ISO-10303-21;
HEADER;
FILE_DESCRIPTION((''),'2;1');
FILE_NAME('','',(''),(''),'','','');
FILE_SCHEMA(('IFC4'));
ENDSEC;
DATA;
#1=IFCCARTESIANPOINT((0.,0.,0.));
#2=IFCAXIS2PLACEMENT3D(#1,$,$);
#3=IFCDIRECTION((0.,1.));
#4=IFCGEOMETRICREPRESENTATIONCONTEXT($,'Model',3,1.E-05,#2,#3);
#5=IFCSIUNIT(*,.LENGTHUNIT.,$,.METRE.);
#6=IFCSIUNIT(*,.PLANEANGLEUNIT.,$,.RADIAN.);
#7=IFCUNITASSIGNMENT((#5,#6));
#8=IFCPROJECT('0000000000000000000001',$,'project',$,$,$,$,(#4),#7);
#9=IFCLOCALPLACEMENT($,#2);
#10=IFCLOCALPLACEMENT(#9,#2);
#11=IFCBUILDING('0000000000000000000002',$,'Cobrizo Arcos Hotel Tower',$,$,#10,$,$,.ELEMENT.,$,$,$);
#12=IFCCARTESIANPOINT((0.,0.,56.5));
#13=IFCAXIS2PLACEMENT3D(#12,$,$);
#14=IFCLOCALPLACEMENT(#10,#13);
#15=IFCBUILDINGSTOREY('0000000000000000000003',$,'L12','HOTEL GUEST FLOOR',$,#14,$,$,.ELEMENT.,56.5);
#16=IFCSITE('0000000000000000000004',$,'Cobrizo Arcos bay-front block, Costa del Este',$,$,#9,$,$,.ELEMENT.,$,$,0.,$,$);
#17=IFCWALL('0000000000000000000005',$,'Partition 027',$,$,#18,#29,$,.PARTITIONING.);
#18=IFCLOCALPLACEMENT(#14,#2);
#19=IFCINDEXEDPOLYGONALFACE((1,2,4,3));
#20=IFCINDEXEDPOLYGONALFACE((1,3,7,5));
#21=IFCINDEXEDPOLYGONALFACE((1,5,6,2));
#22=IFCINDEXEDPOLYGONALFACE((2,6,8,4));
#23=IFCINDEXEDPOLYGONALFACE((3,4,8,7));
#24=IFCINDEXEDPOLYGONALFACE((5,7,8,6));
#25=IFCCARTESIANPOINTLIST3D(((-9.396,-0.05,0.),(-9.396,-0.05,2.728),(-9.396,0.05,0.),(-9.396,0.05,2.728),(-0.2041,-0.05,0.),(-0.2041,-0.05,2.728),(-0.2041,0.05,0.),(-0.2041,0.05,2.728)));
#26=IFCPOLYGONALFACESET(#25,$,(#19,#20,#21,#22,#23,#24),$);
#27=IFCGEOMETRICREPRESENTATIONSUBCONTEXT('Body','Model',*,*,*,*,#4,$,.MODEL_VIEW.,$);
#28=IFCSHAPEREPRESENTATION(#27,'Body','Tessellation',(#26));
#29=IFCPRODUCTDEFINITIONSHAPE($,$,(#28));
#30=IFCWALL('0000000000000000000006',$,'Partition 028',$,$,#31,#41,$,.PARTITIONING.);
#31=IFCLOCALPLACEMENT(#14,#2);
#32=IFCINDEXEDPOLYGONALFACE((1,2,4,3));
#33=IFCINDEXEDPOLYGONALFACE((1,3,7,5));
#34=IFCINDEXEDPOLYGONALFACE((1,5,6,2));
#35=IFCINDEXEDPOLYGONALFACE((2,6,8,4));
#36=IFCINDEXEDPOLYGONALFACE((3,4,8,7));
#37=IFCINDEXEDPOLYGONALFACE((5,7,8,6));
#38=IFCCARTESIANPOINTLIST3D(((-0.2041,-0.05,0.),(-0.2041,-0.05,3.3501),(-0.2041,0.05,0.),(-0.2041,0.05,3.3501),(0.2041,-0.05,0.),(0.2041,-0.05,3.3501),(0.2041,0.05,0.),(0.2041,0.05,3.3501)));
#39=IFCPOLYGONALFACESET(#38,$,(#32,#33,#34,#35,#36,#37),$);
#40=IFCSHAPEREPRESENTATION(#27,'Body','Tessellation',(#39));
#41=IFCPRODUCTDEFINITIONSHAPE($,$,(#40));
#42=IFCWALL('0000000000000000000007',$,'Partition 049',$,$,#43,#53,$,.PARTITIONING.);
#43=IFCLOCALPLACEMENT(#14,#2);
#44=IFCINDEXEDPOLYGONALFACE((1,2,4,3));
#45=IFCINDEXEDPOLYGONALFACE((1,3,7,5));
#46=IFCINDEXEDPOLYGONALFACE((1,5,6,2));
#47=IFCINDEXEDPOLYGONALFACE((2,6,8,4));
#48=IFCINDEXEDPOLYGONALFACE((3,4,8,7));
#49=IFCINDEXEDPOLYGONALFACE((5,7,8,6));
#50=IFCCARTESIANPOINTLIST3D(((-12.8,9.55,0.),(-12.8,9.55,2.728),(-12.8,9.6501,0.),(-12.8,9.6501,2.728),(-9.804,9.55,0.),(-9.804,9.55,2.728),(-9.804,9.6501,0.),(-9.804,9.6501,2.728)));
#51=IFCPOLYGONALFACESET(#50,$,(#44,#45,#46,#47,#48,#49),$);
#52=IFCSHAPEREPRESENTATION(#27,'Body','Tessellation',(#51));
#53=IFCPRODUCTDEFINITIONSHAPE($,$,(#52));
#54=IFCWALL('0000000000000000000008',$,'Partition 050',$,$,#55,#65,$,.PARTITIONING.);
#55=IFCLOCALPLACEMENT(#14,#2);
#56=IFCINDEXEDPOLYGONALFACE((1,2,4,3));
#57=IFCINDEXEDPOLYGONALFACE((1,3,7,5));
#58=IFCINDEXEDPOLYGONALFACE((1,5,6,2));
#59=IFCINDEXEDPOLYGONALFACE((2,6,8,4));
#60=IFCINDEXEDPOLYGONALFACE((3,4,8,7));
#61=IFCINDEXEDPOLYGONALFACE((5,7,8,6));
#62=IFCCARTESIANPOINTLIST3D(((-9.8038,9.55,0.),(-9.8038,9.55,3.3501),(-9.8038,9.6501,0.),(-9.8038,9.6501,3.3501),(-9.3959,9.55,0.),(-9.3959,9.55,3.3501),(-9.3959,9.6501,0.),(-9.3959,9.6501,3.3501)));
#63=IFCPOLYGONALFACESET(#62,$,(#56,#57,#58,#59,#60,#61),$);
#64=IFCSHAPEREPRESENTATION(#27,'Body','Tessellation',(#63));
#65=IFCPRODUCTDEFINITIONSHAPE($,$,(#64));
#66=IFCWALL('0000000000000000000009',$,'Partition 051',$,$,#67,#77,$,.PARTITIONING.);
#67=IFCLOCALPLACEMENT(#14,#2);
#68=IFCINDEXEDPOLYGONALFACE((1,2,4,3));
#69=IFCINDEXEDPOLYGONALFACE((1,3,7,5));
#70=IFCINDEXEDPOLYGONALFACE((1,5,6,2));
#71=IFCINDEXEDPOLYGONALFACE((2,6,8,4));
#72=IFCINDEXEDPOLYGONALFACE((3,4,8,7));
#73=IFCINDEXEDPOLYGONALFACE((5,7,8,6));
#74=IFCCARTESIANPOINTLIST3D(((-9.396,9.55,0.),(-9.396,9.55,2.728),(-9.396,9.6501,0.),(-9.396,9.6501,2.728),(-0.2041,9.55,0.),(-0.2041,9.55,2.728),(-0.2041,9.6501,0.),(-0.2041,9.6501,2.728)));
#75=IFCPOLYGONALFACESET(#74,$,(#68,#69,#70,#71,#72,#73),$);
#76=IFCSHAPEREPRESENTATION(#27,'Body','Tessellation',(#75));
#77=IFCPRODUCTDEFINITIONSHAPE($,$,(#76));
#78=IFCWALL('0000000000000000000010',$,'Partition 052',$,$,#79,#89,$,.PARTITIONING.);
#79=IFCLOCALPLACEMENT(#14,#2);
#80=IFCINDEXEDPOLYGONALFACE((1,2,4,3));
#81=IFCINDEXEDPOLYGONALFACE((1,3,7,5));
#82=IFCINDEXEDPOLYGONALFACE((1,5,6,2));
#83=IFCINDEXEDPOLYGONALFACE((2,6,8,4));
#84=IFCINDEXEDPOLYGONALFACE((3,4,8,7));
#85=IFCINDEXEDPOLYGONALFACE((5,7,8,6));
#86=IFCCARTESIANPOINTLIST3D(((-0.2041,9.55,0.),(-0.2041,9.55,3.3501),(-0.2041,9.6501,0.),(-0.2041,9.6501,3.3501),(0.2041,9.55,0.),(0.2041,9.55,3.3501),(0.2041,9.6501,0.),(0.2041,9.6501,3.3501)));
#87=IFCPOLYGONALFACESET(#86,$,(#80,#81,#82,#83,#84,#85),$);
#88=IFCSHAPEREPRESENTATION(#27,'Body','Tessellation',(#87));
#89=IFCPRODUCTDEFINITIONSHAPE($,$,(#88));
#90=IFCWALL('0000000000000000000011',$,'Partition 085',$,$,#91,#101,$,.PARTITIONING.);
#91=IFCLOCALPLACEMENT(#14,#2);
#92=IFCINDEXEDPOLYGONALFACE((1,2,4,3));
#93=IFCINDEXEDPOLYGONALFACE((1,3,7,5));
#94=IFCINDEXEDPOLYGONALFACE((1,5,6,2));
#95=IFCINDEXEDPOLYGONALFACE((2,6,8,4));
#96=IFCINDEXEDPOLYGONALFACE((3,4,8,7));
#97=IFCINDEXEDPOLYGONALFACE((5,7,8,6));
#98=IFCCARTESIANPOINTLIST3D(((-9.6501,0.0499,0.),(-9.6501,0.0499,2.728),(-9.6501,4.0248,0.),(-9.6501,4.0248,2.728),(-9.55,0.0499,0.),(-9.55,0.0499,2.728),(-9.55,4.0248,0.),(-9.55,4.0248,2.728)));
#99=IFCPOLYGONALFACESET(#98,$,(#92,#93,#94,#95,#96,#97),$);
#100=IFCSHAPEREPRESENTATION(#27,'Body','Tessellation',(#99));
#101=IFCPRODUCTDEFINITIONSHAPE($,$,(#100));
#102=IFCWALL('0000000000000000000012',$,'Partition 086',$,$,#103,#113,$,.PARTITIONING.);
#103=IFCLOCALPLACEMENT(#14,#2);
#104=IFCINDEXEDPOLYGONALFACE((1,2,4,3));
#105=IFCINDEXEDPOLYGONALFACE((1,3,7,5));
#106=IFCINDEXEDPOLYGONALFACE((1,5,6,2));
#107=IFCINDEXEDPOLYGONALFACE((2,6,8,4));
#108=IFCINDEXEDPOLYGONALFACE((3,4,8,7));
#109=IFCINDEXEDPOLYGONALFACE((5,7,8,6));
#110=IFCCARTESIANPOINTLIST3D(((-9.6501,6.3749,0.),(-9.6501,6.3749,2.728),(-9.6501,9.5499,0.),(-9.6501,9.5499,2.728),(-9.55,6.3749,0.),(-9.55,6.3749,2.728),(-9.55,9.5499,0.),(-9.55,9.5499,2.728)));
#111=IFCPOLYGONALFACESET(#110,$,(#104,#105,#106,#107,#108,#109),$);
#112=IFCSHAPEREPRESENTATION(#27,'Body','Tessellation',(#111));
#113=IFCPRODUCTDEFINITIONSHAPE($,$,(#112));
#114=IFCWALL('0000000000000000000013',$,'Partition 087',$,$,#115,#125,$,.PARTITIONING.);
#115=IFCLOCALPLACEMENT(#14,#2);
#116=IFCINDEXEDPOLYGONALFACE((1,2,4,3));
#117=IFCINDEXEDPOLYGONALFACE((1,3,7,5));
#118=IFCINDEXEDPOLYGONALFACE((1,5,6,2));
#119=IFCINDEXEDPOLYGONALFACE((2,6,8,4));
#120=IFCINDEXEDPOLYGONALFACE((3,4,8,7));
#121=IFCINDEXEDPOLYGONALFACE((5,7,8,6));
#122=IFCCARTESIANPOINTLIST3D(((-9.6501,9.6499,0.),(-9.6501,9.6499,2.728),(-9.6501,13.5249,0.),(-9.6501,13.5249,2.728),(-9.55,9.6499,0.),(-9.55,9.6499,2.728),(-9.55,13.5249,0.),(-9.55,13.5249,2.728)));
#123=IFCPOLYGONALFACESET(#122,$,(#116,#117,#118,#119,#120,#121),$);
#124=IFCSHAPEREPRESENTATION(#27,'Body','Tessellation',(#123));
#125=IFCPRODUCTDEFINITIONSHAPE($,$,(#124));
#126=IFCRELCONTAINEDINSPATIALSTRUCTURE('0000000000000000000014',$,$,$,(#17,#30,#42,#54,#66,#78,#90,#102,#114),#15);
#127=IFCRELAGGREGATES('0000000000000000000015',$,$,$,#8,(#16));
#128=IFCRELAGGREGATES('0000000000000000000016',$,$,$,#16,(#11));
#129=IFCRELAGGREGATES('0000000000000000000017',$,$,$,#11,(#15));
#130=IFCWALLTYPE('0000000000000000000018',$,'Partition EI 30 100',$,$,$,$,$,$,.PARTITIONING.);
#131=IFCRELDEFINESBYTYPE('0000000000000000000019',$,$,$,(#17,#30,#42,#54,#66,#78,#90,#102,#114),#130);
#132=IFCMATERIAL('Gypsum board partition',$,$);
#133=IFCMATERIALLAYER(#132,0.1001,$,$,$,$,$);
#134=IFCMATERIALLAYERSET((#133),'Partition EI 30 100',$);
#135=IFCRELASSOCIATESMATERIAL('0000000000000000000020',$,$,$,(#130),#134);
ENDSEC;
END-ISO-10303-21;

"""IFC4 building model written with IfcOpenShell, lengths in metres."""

from ifc_helpers import new_model, si_unit, direction, frame, frame_2d, origin, place, context, subcontext, project, spatial, rectangle, extrude, material, layer, layer_set, type_object, element, save


model = new_model("IFC4")

# Units and contexts
model_context = context("Model", 3, precision=1e-05, world=origin(), true_north=direction((0.0, 1.0)))
body_context = subcontext(model_context, "Body", "Model", "MODEL_VIEW")
ifc_project = project(units=[si_unit("LENGTHUNIT", "METRE"), si_unit("PLANEANGLEUNIT", "RADIAN")], contexts=[model_context])

# Site, building, storey
site_placement = place(None, origin())
site = spatial("IfcSite", under=ifc_project, at=site_placement, Name="Cobrizo Arcos bay-front block, Costa del Este", CompositionType="ELEMENT", RefElevation=0.0)
building_placement = place(site_placement, origin())
building = spatial("IfcBuilding", under=site, at=building_placement, Name="Cobrizo Arcos Hotel Tower", CompositionType="ELEMENT")
storey_placement = place(building_placement, frame((0.0, 0.0, 56.5)))
storey = spatial("IfcBuildingStorey", under=building, at=storey_placement, Name="L12", Description="HOTEL GUEST FLOOR", CompositionType="ELEMENT", Elevation=56.5)

# Shared definitions
ifc_material_1 = material(Name="Gypsum board partition")

# Walls
ifc_layer_1 = layer(ifc_material_1, 0.1001)
ifc_layer_set_1 = layer_set([ifc_layer_1], Name="Partition EI 30 100")
wall_type_1 = type_object("IfcWallType", Name="Partition EI 30 100", PredefinedType="PARTITIONING", material=ifc_layer_set_1)
wall_1_placement = place(storey_placement, frame((-9.396, 0.0, 0.0), z_axis=(0.0, 0.0, 1.0), x_axis=(1.0, 0.0, 0.0)))
element("IfcWall", 1, at=wall_1_placement, inside=storey, type_object=wall_type_1, Name="Partition 027", PredefinedType="PARTITIONING", context=body_context, shape_type="SweptSolid", body=[
    extrude(rectangle(XDim=9.1919, YDim=0.1001, at=frame_2d((4.5959, 0.0))), origin(), (0.0, 0.0, 1.0), 2.728),
])
wall_2_placement = place(storey_placement, frame((-0.2041, 0.0, 0.0), z_axis=(0.0, 0.0, 1.0), x_axis=(1.0, 0.0, 0.0)))
element("IfcWall", 2, at=wall_2_placement, inside=storey, type_object=wall_type_1, Name="Partition 028", PredefinedType="PARTITIONING", context=body_context, shape_type="SweptSolid", body=[
    extrude(rectangle(XDim=0.4082, YDim=0.1001, at=frame_2d((0.2041, 0.0))), origin(), (0.0, 0.0, 1.0), 3.3501),
])
wall_3_placement = place(storey_placement, frame((-12.8, 9.6001, 0.0), z_axis=(0.0, 0.0, 1.0), x_axis=(1.0, 0.0, 0.0)))
element("IfcWall", 3, at=wall_3_placement, inside=storey, type_object=wall_type_1, Name="Partition 049", PredefinedType="PARTITIONING", context=body_context, shape_type="SweptSolid", body=[
    extrude(rectangle(XDim=2.9961, YDim=0.1001, at=frame_2d((1.498, 0.0))), origin(), (0.0, 0.0, 1.0), 2.728),
])
wall_4_placement = place(storey_placement, frame((-9.804, 9.6001, 0.0), z_axis=(0.0, 0.0, 1.0), x_axis=(1.0, 0.0, 0.0)))
element("IfcWall", 4, at=wall_4_placement, inside=storey, type_object=wall_type_1, Name="Partition 050", PredefinedType="PARTITIONING", context=body_context, shape_type="SweptSolid", body=[
    extrude(rectangle(XDim=0.408, YDim=0.1001, at=frame_2d((0.2041, 0.0))), origin(), (0.0, 0.0, 1.0), 3.3501),
])
wall_5_placement = place(storey_placement, frame((-9.396, 9.6001, 0.0), z_axis=(0.0, 0.0, 1.0), x_axis=(1.0, 0.0, 0.0)))
element("IfcWall", 5, at=wall_5_placement, inside=storey, type_object=wall_type_1, Name="Partition 051", PredefinedType="PARTITIONING", context=body_context, shape_type="SweptSolid", body=[
    extrude(rectangle(XDim=9.1919, YDim=0.1001, at=frame_2d((4.5959, 0.0))), origin(), (0.0, 0.0, 1.0), 2.728),
])
wall_6_placement = place(storey_placement, frame((-0.2041, 9.6001, 0.0), z_axis=(0.0, 0.0, 1.0), x_axis=(1.0, 0.0, 0.0)))
element("IfcWall", 6, at=wall_6_placement, inside=storey, type_object=wall_type_1, Name="Partition 052", PredefinedType="PARTITIONING", context=body_context, shape_type="SweptSolid", body=[
    extrude(rectangle(XDim=0.4082, YDim=0.1001, at=frame_2d((0.2041, 0.0))), origin(), (0.0, 0.0, 1.0), 3.3501),
])
wall_7_placement = place(storey_placement, frame((-9.6001, 0.05, 0.0), z_axis=(0.0, 0.0, 1.0), x_axis=(0.0, 1.0, 0.0)))
element("IfcWall", 7, at=wall_7_placement, inside=storey, type_object=wall_type_1, Name="Partition 085", PredefinedType="PARTITIONING", context=body_context, shape_type="SweptSolid", body=[
    extrude(rectangle(XDim=3.9749, YDim=0.1001, at=frame_2d((1.9873, 0.0))), origin(), (0.0, 0.0, 1.0), 2.728),
])
wall_8_placement = place(storey_placement, frame((-9.6001, 6.375, 0.0), z_axis=(0.0, 0.0, 1.0), x_axis=(0.0, 1.0, 0.0)))
element("IfcWall", 8, at=wall_8_placement, inside=storey, type_object=wall_type_1, Name="Partition 086", PredefinedType="PARTITIONING", context=body_context, shape_type="SweptSolid", body=[
    extrude(rectangle(XDim=3.175, YDim=0.1001, at=frame_2d((1.5874, 0.0))), origin(), (0.0, 0.0, 1.0), 2.728),
])
wall_9_placement = place(storey_placement, frame((-9.6001, 9.6499, 0.0), z_axis=(0.0, 0.0, 1.0), x_axis=(0.0, 1.0, 0.0)))
element("IfcWall", 9, at=wall_9_placement, inside=storey, type_object=wall_type_1, Name="Partition 087", PredefinedType="PARTITIONING", context=body_context, shape_type="SweptSolid", body=[
    extrude(rectangle(XDim=3.875, YDim=0.1001, at=frame_2d((1.9375, 0.0))), origin(), (0.0, 0.0, 1.0), 2.728),
])

save(model, "model.ifc")
